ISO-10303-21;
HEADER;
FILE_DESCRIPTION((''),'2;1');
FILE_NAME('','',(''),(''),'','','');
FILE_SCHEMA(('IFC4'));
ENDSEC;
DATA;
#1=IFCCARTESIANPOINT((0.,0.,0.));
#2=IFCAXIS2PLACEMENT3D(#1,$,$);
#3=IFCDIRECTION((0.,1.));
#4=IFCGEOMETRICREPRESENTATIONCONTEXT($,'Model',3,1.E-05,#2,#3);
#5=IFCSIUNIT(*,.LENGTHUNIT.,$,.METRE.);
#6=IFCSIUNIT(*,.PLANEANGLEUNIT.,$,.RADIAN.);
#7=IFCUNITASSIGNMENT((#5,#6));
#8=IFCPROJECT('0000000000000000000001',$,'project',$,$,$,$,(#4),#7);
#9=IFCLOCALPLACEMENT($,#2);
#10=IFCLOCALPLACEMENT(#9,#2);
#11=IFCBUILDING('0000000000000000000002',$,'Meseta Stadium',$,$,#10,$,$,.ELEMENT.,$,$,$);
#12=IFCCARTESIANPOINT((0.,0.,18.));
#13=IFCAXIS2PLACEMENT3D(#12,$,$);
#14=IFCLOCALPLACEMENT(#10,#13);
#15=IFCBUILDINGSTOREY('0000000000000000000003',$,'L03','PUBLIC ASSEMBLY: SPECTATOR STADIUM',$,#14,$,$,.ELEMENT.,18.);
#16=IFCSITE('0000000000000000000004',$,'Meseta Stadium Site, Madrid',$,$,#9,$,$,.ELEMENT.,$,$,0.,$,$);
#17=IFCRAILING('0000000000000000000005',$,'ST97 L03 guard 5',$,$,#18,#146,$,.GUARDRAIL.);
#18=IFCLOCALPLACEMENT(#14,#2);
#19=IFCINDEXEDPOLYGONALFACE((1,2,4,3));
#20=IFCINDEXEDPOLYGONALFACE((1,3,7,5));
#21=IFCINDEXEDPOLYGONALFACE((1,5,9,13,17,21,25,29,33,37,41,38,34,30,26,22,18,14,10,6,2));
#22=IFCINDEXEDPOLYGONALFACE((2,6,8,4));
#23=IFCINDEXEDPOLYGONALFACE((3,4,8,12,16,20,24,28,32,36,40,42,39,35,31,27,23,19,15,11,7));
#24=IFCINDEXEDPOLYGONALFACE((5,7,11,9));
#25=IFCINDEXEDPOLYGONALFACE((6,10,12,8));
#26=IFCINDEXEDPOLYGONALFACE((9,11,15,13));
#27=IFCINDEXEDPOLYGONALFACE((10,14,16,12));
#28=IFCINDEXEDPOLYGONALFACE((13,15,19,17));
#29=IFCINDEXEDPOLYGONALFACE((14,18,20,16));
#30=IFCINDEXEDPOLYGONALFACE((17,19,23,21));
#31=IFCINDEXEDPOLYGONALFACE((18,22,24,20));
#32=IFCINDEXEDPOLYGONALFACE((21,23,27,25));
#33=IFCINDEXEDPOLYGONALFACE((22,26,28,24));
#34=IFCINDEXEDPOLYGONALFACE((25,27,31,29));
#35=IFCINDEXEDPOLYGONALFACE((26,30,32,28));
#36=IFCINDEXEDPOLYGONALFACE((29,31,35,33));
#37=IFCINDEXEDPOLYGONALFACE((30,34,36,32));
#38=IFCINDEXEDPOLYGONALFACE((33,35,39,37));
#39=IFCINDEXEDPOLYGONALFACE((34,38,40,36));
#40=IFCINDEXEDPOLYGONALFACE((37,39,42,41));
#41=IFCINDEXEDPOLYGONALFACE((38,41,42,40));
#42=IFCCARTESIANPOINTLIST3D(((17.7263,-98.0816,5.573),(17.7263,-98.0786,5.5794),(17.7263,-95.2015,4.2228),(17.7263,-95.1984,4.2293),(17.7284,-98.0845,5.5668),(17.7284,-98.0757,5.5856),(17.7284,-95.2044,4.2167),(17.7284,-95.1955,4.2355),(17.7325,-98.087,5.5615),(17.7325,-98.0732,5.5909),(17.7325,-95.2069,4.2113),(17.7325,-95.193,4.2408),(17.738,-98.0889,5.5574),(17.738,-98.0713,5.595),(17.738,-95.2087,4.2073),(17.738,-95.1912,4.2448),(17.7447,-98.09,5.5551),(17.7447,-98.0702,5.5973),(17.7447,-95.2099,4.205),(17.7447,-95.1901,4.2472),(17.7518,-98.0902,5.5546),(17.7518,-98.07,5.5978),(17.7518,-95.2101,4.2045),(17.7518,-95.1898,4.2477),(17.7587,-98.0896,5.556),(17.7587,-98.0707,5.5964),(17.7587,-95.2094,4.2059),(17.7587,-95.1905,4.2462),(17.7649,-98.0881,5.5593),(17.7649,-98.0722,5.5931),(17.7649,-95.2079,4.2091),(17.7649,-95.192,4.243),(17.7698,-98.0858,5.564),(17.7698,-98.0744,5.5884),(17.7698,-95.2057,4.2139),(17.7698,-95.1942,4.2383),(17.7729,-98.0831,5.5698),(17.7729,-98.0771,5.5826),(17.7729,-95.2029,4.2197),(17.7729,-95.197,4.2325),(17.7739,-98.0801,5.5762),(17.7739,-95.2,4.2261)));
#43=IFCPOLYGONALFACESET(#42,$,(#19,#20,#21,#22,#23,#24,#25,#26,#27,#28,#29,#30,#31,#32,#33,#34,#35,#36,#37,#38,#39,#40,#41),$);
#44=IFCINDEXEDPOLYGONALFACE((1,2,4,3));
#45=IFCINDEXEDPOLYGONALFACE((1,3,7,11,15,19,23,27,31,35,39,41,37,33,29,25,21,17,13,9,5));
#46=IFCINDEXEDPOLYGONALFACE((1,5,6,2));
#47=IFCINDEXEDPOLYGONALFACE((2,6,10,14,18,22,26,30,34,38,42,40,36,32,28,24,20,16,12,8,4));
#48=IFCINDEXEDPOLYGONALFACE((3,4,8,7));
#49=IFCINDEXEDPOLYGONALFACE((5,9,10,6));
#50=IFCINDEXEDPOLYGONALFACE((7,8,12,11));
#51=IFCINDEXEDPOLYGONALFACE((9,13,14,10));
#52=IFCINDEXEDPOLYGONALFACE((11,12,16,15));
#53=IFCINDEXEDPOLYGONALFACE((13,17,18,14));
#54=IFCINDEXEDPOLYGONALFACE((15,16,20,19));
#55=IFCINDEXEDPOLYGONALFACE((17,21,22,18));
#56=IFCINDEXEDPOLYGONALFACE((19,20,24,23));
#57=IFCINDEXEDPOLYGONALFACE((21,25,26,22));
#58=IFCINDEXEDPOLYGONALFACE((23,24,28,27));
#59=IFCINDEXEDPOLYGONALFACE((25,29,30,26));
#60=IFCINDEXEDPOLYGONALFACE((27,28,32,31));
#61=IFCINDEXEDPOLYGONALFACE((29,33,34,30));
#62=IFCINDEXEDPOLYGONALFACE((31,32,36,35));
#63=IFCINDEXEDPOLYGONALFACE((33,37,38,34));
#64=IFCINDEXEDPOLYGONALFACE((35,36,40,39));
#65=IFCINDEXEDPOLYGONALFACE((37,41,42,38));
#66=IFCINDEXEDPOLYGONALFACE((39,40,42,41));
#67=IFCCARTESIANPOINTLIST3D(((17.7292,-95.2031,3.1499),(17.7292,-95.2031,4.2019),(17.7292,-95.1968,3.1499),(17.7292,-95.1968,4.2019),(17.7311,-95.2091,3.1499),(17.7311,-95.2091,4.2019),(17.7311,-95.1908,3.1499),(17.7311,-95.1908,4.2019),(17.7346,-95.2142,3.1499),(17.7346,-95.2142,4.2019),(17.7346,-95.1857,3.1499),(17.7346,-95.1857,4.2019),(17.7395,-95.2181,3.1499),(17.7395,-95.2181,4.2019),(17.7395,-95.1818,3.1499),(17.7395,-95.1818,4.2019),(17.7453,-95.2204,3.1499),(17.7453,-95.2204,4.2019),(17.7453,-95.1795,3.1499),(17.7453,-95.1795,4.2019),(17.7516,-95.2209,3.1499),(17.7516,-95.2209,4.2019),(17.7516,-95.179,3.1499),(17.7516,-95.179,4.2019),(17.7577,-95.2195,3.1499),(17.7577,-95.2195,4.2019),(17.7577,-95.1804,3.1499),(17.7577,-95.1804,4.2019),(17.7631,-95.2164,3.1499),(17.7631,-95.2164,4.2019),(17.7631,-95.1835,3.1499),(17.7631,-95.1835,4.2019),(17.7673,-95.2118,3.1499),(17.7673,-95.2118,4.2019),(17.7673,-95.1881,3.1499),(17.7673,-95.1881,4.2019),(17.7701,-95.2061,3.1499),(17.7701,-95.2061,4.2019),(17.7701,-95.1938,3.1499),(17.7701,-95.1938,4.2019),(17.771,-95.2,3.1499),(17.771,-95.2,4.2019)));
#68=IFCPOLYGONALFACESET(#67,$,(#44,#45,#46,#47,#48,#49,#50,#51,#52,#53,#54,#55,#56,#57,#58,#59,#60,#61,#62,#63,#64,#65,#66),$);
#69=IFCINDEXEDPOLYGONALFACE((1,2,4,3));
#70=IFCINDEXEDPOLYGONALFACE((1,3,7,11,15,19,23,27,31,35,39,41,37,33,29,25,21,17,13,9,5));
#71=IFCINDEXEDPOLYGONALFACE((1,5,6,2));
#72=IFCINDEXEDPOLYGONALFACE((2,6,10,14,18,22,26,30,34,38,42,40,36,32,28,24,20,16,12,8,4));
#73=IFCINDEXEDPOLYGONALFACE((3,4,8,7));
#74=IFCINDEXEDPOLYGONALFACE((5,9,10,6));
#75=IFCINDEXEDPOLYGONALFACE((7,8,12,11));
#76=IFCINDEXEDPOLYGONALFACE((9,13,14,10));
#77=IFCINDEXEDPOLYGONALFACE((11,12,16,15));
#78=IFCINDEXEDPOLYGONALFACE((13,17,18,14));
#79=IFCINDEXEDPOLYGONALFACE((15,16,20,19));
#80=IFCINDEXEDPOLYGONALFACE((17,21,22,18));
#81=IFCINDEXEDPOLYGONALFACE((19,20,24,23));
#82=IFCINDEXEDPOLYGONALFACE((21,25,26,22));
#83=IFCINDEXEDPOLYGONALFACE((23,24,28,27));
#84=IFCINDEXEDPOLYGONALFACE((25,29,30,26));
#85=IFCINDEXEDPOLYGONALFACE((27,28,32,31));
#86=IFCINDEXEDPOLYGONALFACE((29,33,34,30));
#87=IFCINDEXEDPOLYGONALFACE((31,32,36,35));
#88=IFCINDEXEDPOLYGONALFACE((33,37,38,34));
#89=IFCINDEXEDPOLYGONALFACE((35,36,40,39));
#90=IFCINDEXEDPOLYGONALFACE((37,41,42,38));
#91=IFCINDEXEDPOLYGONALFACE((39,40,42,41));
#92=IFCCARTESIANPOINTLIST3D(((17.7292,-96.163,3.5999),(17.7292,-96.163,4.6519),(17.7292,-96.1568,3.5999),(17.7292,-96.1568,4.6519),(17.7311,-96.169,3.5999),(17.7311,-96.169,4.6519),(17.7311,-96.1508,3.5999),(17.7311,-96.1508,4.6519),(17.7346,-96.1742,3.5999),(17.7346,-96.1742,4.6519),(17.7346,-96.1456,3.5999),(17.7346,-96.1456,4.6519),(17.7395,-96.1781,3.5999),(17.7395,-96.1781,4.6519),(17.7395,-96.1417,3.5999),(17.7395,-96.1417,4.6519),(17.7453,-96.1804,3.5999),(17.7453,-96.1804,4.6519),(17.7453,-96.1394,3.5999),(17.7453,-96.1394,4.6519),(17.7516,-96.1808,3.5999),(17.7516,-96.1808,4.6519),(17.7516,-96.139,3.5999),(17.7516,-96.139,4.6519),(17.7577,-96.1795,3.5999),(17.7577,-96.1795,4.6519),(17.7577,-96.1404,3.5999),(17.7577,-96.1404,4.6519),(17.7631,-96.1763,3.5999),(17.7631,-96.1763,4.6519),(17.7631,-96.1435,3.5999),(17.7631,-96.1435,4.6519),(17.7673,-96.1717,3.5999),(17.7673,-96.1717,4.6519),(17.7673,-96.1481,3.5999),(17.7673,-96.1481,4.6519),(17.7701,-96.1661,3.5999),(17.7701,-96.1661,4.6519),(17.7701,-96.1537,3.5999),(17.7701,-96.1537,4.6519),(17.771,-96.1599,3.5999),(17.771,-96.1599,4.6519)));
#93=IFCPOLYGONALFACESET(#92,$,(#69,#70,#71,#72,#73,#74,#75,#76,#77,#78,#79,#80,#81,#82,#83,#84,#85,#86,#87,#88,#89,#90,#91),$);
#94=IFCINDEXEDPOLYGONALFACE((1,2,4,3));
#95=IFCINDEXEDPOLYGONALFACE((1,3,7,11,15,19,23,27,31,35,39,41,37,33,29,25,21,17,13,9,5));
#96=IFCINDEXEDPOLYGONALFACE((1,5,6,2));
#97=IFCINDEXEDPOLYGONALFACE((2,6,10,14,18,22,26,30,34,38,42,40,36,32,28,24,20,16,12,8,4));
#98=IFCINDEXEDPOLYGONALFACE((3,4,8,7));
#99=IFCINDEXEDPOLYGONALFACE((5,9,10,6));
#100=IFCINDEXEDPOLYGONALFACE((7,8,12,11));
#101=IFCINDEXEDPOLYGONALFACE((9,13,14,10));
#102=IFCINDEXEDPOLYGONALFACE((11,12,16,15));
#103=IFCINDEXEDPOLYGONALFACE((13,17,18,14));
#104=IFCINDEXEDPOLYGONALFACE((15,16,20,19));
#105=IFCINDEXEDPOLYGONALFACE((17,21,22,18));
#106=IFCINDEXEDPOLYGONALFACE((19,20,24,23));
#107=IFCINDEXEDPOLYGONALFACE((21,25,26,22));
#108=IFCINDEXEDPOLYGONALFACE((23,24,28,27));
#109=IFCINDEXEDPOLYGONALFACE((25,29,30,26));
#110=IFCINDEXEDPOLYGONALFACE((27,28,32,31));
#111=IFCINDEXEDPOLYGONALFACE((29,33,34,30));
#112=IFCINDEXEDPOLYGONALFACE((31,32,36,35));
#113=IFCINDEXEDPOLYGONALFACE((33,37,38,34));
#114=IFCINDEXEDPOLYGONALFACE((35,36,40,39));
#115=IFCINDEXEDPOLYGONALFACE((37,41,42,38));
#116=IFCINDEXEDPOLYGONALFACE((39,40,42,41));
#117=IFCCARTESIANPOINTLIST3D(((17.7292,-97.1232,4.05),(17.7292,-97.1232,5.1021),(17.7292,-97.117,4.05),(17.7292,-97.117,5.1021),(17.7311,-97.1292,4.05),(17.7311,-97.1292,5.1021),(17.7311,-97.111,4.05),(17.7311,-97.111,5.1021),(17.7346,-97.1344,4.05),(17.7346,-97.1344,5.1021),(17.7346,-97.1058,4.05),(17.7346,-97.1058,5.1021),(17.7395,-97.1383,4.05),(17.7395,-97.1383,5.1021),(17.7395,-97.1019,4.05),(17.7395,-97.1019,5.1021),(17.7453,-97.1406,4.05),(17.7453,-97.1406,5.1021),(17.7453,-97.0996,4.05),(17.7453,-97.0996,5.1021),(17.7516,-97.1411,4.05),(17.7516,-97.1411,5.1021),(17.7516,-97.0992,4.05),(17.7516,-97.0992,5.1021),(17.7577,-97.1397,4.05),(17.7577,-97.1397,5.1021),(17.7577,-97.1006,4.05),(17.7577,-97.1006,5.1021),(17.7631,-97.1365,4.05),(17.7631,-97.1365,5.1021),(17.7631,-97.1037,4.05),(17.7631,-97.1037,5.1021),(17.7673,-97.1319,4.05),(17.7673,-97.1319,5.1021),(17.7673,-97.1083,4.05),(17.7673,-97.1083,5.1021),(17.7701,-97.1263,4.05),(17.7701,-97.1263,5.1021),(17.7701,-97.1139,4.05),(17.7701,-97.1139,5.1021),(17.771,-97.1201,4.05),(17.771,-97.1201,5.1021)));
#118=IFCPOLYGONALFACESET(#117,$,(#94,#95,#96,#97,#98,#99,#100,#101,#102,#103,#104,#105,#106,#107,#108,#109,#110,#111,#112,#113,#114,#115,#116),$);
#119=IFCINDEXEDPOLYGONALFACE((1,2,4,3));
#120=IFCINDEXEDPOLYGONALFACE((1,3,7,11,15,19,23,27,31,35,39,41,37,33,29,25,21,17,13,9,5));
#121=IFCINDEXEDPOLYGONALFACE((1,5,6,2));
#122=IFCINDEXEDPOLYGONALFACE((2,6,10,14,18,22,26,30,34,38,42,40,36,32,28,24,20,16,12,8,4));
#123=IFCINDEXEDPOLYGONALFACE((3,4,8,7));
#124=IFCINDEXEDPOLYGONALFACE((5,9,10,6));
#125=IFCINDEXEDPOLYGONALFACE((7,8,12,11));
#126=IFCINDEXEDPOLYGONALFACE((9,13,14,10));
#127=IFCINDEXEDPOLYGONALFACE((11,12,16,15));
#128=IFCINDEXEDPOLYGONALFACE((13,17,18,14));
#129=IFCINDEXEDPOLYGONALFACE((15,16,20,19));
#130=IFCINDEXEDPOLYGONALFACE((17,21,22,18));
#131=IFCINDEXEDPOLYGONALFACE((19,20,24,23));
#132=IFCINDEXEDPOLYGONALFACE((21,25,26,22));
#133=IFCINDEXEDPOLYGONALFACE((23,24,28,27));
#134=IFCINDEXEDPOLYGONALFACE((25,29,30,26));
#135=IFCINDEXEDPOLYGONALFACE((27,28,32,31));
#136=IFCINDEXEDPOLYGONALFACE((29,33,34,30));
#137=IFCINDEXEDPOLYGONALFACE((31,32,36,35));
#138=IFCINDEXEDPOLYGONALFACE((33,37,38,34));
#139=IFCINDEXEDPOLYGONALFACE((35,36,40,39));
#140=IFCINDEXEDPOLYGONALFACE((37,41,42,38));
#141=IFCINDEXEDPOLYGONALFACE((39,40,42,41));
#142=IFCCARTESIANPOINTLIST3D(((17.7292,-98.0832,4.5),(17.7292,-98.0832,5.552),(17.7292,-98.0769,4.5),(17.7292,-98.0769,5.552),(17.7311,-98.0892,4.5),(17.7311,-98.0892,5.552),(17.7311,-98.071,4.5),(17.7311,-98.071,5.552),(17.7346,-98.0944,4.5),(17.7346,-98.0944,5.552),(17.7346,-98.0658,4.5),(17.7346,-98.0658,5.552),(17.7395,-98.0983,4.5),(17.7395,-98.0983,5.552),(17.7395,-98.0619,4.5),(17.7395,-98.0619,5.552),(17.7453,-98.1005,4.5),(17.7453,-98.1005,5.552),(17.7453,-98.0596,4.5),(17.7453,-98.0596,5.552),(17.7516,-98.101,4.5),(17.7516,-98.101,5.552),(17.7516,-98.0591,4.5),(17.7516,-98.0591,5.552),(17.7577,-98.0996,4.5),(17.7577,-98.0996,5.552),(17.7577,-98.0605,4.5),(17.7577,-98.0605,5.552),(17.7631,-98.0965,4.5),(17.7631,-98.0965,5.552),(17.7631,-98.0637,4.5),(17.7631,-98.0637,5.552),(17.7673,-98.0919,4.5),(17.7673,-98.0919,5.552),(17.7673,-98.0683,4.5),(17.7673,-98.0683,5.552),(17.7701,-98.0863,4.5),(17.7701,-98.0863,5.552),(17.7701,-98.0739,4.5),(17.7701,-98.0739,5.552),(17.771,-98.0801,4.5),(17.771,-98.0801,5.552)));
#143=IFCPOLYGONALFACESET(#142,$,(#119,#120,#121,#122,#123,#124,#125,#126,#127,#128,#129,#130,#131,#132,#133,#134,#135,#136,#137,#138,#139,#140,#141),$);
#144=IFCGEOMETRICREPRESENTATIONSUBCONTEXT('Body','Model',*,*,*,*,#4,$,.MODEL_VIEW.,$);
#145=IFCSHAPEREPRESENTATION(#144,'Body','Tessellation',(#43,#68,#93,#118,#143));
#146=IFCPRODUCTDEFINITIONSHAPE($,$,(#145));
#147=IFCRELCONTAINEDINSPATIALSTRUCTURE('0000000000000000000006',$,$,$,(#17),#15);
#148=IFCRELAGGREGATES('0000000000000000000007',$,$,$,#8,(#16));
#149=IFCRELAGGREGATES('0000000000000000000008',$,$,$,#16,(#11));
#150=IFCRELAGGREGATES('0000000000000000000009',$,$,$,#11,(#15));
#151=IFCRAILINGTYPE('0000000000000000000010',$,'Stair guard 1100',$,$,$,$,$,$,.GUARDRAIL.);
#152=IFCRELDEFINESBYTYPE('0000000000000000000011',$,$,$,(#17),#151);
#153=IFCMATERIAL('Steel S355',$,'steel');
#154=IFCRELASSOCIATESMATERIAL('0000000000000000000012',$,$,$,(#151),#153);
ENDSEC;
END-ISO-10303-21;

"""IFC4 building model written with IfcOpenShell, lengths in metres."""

from ifc_helpers import new_model, si_unit, direction, frame, origin, origin_2d, place, context, subcontext, project, spatial, circle, extrude, material, type_object, element, save


model = new_model("IFC4")

# Units and contexts
model_context = context("Model", 3, precision=1e-05, world=origin(), true_north=direction((0.0, 1.0)))
body_context = subcontext(model_context, "Body", "Model", "MODEL_VIEW")
ifc_project = project(units=[si_unit("LENGTHUNIT", "METRE"), si_unit("PLANEANGLEUNIT", "RADIAN")], contexts=[model_context])

# Site, building, storey
site_placement = place(None, origin())
site = spatial("IfcSite", under=ifc_project, at=site_placement, Name="Meseta Stadium Site, Madrid", CompositionType="ELEMENT", RefElevation=0.0)
building_placement = place(site_placement, origin())
building = spatial("IfcBuilding", under=site, at=building_placement, Name="Meseta Stadium", CompositionType="ELEMENT")
storey_placement = place(building_placement, frame((0.0, 0.0, 18.0)))
storey = spatial("IfcBuildingStorey", under=building, at=storey_placement, Name="L03", Description="PUBLIC ASSEMBLY: SPECTATOR STADIUM", CompositionType="ELEMENT", Elevation=18.0)

# Railing
ifc_material_1 = material(Name="Steel S355", Category="steel")
railing_type_1 = type_object("IfcRailingType", Name="Stair guard 1100", PredefinedType="GUARDRAIL", material=ifc_material_1)
railing_1_placement = place(storey_placement, frame((17.75, -95.2, 3.1499)))
element("IfcRailing", 1, at=railing_1_placement, inside=storey, type_object=railing_type_1, Name="ST97 L03 guard 5", PredefinedType="GUARDRAIL", context=body_context, shape_type="SweptSolid", body=[
    extrude(circle(Radius=0.0239, at=origin_2d()), frame((0.0, 0.0, 1.0762), z_axis=(0.0, -0.905454, 0.424444), x_axis=(1.0, 0.0, 0.0)), (0.0, 0.0, 1.0), 3.1809),
    extrude(circle(Radius=0.021, at=origin_2d()), origin(), (0.0, 0.0, 1.0), 1.052),
    extrude(circle(Radius=0.021, at=origin_2d()), frame((0.0, -0.96, 0.45)), (0.0, 0.0, 1.0), 1.052),
    extrude(circle(Radius=0.021, at=origin_2d()), frame((0.0, -1.9202, 0.9001)), (0.0, 0.0, 1.0), 1.052),
    extrude(circle(Radius=0.021, at=origin_2d()), frame((0.0, -2.8801, 1.3501)), (0.0, 0.0, 1.0), 1.052),
])

save(model, "model.ifc")
